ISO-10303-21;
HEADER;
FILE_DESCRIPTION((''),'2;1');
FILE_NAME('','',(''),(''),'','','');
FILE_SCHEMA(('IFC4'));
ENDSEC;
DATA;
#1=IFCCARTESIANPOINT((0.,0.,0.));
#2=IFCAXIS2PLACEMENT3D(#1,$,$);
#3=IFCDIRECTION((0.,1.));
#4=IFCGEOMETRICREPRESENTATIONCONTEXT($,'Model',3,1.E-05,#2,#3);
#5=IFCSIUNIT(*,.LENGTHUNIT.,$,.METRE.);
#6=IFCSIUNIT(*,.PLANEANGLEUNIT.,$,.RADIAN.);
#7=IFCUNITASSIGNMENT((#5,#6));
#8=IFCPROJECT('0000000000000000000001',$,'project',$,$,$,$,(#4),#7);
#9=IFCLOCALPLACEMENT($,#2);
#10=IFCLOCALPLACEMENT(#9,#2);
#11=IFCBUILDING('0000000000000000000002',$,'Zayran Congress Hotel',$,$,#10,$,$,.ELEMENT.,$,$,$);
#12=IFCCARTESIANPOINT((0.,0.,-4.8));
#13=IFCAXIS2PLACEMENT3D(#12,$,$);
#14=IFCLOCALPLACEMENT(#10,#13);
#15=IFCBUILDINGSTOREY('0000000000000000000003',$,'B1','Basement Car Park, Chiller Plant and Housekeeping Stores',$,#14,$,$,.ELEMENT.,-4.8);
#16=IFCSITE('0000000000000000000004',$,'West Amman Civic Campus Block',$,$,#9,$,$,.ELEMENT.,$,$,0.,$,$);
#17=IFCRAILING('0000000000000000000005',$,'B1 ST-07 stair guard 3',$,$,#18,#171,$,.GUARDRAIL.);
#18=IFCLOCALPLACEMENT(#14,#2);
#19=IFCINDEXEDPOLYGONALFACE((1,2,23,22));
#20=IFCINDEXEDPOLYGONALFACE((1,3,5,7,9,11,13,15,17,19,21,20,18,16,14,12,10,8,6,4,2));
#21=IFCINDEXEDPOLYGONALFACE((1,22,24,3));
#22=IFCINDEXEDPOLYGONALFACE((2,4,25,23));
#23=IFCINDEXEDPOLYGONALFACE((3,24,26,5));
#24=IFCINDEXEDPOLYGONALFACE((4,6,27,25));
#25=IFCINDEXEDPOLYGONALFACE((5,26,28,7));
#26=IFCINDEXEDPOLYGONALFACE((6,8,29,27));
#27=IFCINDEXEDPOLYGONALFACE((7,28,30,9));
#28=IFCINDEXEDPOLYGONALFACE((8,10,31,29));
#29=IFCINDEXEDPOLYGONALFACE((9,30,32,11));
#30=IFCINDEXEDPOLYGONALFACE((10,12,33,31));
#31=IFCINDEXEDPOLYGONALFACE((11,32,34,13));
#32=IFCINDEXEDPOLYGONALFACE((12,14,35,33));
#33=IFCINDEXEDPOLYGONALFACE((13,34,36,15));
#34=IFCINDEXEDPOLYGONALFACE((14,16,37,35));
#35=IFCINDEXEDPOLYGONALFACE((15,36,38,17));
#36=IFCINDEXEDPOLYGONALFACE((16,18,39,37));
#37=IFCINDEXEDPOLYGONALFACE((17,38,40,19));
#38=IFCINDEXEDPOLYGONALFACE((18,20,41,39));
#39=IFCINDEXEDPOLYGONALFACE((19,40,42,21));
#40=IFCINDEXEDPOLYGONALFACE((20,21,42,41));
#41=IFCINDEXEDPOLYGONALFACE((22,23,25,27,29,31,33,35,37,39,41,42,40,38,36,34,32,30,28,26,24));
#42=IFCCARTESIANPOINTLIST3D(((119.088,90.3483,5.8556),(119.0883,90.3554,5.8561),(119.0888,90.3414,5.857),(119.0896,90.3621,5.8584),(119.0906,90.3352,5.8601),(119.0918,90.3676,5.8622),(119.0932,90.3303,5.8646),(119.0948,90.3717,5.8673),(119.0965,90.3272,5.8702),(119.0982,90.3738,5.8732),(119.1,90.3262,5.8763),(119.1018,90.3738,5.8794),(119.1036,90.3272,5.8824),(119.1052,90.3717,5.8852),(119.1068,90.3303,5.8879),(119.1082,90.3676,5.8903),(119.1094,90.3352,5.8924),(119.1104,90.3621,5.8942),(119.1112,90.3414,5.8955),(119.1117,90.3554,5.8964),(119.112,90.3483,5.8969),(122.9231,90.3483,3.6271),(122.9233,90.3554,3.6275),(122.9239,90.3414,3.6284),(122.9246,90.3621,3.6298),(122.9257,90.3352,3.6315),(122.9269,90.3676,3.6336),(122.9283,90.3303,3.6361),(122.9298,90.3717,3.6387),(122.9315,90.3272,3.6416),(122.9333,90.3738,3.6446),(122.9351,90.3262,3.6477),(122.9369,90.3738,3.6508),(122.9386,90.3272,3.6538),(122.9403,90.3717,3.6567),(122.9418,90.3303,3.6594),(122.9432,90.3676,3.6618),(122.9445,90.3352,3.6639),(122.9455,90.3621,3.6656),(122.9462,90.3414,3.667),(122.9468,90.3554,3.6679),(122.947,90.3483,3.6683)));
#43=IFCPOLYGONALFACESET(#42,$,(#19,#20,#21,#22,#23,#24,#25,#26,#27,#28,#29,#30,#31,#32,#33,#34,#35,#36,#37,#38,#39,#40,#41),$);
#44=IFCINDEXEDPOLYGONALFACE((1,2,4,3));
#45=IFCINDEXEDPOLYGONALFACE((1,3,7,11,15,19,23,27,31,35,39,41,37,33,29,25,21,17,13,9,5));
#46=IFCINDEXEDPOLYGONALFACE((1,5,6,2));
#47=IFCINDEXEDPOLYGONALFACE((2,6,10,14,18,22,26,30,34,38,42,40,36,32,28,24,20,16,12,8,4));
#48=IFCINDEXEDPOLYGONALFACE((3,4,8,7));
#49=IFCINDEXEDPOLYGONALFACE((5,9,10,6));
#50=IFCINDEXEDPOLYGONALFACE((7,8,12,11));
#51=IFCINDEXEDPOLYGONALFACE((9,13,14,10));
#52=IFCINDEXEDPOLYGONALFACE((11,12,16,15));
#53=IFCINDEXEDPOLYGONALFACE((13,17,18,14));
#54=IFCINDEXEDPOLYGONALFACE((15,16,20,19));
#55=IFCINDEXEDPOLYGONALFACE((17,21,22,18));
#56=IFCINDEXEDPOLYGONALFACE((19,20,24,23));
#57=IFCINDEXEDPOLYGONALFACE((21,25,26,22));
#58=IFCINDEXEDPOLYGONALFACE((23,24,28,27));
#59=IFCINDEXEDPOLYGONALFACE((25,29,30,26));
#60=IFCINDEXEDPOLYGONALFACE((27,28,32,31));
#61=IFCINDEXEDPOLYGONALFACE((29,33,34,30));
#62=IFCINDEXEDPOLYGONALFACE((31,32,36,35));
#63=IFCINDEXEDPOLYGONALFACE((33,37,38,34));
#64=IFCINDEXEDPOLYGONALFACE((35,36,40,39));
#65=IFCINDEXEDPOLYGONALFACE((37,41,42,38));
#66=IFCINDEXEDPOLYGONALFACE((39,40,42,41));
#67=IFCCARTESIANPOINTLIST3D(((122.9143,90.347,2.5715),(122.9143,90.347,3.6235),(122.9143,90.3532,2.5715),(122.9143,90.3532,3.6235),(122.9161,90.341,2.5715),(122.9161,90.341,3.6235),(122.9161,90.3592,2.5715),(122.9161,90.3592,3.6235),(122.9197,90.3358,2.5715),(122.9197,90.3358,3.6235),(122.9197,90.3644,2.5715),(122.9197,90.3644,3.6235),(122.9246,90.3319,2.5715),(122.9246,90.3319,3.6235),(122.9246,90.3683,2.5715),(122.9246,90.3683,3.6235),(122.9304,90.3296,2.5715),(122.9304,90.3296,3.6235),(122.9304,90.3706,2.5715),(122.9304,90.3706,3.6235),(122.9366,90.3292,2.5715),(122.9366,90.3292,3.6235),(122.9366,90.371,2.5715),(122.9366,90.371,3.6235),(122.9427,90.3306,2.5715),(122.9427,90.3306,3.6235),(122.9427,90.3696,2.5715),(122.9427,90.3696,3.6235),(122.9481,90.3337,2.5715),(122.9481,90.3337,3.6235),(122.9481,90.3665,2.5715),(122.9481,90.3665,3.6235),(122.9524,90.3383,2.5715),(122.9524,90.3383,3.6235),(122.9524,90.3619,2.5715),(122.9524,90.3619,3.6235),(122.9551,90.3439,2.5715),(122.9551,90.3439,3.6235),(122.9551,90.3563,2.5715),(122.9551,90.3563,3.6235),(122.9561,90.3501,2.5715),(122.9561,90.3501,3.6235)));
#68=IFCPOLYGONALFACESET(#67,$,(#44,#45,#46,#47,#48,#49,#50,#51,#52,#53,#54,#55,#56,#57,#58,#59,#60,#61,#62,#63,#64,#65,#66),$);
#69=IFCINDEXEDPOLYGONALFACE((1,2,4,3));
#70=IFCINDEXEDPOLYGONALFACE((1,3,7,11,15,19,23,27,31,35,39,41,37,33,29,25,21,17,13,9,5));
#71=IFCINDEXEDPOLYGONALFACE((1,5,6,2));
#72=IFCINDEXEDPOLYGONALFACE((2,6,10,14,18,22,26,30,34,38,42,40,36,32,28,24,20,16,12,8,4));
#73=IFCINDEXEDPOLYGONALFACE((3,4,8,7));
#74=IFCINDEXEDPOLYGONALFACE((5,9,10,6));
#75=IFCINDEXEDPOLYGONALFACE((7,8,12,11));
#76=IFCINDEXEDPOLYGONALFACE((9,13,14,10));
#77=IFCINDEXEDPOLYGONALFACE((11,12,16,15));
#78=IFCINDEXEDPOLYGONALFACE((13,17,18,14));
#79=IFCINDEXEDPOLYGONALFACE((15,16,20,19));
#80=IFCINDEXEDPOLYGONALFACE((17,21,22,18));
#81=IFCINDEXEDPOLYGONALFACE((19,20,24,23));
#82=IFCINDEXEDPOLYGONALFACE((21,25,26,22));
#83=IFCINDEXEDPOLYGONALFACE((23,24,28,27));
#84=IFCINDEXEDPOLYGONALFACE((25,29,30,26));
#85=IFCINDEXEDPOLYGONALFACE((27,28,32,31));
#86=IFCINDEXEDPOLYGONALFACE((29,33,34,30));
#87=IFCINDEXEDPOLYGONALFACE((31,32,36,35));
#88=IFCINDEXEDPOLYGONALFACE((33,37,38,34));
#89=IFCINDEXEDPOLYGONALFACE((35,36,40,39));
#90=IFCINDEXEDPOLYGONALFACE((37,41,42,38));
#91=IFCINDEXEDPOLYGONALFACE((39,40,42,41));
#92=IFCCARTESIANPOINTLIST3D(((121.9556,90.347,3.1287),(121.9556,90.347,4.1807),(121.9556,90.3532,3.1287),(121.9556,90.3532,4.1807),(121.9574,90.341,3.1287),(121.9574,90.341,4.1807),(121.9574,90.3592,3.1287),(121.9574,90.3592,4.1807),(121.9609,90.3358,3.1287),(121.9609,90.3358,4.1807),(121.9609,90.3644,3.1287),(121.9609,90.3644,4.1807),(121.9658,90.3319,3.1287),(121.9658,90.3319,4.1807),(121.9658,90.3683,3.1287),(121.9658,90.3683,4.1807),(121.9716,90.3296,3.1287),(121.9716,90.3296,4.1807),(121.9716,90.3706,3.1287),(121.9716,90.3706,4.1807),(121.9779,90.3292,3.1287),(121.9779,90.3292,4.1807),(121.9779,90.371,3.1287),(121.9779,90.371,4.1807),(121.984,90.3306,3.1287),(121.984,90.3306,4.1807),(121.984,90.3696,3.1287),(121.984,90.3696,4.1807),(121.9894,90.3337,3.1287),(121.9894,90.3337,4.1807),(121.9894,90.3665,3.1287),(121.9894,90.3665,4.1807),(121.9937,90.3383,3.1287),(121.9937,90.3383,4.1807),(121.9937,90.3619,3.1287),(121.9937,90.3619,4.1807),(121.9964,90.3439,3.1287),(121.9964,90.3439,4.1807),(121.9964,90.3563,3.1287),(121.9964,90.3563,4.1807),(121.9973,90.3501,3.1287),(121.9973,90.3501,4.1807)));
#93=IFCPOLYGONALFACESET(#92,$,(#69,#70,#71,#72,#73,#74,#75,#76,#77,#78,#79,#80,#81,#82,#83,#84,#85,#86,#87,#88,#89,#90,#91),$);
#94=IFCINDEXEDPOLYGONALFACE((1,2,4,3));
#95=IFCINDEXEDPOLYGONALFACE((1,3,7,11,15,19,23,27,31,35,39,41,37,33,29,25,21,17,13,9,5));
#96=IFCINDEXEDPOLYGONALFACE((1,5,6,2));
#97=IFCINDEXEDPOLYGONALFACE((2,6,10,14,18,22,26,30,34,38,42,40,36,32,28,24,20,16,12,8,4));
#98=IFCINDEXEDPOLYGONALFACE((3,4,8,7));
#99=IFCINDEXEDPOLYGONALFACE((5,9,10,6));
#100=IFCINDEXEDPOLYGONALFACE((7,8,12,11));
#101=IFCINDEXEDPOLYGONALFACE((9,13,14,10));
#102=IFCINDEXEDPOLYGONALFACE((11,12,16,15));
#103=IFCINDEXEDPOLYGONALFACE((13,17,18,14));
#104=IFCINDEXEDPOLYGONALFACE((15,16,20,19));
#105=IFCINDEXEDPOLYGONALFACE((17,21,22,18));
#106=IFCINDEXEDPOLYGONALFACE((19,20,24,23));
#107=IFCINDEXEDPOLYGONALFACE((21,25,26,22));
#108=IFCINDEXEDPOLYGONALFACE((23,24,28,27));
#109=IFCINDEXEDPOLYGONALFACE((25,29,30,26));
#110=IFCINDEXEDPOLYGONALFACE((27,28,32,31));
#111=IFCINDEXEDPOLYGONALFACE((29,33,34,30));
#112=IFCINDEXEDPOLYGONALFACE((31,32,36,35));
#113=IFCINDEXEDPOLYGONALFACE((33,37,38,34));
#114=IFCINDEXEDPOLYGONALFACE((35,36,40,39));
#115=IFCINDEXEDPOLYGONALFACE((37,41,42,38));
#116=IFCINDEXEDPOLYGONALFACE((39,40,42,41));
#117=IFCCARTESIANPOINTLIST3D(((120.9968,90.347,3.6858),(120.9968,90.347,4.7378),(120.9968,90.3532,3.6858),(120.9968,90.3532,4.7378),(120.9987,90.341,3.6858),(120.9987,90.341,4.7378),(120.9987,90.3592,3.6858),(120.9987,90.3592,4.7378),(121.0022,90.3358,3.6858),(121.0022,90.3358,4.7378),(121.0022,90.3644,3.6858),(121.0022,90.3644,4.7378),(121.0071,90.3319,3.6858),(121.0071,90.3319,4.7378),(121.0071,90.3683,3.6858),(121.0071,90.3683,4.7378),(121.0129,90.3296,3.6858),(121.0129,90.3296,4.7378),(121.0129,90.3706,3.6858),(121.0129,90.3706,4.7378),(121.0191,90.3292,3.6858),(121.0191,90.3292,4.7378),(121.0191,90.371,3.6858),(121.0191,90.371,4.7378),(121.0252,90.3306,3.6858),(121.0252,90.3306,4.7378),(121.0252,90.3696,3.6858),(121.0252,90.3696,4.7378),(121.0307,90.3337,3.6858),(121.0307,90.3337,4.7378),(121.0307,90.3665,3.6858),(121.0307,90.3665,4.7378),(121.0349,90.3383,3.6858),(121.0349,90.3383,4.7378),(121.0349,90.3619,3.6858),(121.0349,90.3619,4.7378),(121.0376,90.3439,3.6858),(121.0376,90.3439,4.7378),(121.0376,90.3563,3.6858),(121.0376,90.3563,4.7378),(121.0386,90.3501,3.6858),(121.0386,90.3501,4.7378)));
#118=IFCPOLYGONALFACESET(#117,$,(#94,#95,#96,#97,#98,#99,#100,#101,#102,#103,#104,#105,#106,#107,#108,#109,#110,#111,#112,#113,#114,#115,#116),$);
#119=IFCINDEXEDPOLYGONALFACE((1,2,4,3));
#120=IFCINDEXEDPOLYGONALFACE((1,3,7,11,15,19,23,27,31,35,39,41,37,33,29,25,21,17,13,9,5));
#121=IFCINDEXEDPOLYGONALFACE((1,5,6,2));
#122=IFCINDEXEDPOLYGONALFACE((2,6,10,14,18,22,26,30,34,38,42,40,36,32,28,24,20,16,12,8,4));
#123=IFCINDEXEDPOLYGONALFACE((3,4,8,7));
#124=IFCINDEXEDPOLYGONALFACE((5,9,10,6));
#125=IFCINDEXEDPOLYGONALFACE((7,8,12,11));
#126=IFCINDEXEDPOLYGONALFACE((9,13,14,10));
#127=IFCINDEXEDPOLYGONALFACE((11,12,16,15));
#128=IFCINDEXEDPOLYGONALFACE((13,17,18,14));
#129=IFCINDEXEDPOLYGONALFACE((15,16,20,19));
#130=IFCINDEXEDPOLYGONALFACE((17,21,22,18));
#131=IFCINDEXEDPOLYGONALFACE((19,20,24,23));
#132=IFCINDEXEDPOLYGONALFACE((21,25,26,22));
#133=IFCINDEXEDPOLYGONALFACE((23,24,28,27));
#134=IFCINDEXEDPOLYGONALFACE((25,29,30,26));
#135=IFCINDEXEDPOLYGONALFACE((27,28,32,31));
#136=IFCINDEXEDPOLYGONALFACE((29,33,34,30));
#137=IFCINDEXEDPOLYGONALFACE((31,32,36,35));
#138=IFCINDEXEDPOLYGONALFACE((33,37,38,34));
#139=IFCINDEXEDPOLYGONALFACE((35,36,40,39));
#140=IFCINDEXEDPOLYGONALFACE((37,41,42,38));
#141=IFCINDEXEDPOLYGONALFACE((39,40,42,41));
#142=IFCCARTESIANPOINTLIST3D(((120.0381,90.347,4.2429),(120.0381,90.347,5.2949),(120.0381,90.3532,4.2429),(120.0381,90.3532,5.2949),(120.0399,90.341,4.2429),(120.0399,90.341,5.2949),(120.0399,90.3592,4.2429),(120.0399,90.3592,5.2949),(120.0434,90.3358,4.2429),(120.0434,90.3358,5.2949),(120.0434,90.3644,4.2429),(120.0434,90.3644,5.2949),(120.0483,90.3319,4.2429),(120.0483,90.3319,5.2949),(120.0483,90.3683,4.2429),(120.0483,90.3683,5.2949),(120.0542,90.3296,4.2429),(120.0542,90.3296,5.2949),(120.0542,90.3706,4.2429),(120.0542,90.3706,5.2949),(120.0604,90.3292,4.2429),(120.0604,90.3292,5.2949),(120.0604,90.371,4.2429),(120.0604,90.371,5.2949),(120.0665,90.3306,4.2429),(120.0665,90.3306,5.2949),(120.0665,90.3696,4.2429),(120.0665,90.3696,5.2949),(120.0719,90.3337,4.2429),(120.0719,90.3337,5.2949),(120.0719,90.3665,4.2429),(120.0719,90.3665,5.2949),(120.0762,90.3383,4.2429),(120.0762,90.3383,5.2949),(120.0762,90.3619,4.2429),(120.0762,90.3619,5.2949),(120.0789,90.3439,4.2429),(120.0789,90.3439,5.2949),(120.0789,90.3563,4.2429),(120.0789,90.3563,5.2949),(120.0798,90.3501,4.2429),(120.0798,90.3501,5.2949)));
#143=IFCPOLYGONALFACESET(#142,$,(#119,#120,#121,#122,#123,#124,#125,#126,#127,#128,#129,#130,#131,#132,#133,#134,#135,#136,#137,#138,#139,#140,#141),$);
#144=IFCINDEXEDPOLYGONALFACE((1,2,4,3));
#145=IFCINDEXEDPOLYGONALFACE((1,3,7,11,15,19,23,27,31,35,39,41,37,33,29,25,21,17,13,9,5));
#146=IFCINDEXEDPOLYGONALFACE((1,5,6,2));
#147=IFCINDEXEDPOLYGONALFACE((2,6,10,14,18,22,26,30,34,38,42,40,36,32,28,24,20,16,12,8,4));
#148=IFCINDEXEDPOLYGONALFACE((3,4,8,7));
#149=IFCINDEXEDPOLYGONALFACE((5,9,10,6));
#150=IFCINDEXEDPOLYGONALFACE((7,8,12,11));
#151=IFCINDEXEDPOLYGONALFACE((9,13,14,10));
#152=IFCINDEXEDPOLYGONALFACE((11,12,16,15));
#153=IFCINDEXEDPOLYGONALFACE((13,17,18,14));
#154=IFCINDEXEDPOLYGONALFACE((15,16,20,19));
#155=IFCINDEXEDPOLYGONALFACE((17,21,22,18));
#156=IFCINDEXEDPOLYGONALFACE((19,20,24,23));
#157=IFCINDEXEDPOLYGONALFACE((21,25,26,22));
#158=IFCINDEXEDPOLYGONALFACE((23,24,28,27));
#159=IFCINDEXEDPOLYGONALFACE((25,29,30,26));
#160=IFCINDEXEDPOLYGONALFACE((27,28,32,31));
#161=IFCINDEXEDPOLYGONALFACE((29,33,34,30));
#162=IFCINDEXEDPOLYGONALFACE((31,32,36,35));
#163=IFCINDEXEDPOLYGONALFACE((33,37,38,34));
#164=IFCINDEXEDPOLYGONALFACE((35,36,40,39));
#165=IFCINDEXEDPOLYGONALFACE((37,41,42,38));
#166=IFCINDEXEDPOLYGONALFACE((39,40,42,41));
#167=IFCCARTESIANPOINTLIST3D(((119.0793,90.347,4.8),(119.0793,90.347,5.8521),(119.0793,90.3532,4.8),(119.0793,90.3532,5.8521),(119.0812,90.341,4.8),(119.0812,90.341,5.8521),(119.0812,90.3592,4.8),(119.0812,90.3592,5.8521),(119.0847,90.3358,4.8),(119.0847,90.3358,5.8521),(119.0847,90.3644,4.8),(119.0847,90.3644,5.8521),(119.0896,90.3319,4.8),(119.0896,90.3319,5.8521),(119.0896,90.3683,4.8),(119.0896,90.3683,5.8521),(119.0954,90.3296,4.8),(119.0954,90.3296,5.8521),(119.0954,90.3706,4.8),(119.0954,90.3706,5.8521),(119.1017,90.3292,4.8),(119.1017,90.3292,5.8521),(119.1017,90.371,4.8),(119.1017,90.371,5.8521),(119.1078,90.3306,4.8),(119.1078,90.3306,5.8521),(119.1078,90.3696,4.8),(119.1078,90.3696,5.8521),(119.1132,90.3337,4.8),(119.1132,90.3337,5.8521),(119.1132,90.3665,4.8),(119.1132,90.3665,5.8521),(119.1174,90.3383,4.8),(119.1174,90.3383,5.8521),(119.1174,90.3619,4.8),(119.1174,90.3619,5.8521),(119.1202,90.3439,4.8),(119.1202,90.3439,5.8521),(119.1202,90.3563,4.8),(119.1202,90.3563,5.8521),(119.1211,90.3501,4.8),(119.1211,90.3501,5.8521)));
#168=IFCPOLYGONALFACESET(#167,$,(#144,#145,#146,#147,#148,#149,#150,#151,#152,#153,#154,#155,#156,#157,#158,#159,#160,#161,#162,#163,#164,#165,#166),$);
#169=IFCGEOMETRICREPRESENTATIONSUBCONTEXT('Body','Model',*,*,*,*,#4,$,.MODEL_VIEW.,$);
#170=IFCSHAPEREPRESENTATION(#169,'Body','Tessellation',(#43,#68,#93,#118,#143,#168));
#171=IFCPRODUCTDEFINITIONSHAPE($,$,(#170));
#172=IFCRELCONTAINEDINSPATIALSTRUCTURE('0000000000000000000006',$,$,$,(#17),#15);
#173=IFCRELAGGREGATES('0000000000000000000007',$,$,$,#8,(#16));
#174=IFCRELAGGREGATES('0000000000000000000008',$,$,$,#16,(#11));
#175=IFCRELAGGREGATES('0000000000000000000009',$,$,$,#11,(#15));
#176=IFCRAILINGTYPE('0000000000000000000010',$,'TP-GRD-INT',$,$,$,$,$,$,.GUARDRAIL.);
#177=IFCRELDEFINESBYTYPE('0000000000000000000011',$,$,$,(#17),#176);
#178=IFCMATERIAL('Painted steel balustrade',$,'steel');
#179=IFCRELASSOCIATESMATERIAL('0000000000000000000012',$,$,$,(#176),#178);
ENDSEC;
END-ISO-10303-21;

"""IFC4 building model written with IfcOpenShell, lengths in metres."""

from ifc_helpers import new_model, si_unit, direction, frame, origin, origin_2d, place, context, subcontext, project, spatial, circle, extrude, material, type_object, element, save


model = new_model("IFC4")

# Units and contexts
model_context = context("Model", 3, precision=1e-05, world=origin(), true_north=direction((0.0, 1.0)))
body_context = subcontext(model_context, "Body", "Model", "MODEL_VIEW")
ifc_project = project(units=[si_unit("LENGTHUNIT", "METRE"), si_unit("PLANEANGLEUNIT", "RADIAN")], contexts=[model_context])

# Site, building, storey
site_placement = place(None, origin())
site = spatial("IfcSite", under=ifc_project, at=site_placement, Name="West Amman Civic Campus Block", CompositionType="ELEMENT", RefElevation=0.0)
building_placement = place(site_placement, origin())
building = spatial("IfcBuilding", under=site, at=building_placement, Name="Zayran Congress Hotel", CompositionType="ELEMENT")
storey_placement = place(building_placement, frame((0.0, 0.0, -4.8)))
storey = spatial("IfcBuildingStorey", under=building, at=storey_placement, Name="B1", Description="Basement Car Park, Chiller Plant and Housekeeping Stores", CompositionType="ELEMENT", Elevation=-4.8)

# Railing
ifc_material_1 = material(Name="Painted steel balustrade", Category="steel")
railing_type_1 = type_object("IfcRailingType", Name="TP-GRD-INT", PredefinedType="GUARDRAIL", material=ifc_material_1)
railing_1_placement = place(storey_placement, frame((122.9351, 90.3501, 2.5715)))
element("IfcRailing", 1, at=railing_1_placement, inside=storey, type_object=railing_type_1, Name="B1 ST-07 stair guard 3", PredefinedType="GUARDRAIL", context=body_context, shape_type="SweptSolid", body=[
    extrude(circle(Radius=0.0239, at=origin_2d()), frame((0.0, 0.0, 1.0762), z_axis=(-0.864616, 0.0, 0.502433), x_axis=(0.0, -1.0, 0.0)), (0.0, 0.0, 1.0), 4.4355),
    extrude(circle(Radius=0.021, at=origin_2d()), origin(), (0.0, 0.0, 1.0), 1.052),
    extrude(circle(Radius=0.021, at=origin_2d()), frame((-0.9587, 0.0, 0.5571)), (0.0, 0.0, 1.0), 1.052),
    extrude(circle(Radius=0.021, at=origin_2d()), frame((-1.9175, 0.0, 1.1143)), (0.0, 0.0, 1.0), 1.052),
    extrude(circle(Radius=0.021, at=origin_2d()), frame((-2.8762, 0.0, 1.6714)), (0.0, 0.0, 1.0), 1.052),
    extrude(circle(Radius=0.021, at=origin_2d()), frame((-3.835, 0.0, 2.2285)), (0.0, 0.0, 1.0), 1.052),
])

save(model, "model.ifc")
